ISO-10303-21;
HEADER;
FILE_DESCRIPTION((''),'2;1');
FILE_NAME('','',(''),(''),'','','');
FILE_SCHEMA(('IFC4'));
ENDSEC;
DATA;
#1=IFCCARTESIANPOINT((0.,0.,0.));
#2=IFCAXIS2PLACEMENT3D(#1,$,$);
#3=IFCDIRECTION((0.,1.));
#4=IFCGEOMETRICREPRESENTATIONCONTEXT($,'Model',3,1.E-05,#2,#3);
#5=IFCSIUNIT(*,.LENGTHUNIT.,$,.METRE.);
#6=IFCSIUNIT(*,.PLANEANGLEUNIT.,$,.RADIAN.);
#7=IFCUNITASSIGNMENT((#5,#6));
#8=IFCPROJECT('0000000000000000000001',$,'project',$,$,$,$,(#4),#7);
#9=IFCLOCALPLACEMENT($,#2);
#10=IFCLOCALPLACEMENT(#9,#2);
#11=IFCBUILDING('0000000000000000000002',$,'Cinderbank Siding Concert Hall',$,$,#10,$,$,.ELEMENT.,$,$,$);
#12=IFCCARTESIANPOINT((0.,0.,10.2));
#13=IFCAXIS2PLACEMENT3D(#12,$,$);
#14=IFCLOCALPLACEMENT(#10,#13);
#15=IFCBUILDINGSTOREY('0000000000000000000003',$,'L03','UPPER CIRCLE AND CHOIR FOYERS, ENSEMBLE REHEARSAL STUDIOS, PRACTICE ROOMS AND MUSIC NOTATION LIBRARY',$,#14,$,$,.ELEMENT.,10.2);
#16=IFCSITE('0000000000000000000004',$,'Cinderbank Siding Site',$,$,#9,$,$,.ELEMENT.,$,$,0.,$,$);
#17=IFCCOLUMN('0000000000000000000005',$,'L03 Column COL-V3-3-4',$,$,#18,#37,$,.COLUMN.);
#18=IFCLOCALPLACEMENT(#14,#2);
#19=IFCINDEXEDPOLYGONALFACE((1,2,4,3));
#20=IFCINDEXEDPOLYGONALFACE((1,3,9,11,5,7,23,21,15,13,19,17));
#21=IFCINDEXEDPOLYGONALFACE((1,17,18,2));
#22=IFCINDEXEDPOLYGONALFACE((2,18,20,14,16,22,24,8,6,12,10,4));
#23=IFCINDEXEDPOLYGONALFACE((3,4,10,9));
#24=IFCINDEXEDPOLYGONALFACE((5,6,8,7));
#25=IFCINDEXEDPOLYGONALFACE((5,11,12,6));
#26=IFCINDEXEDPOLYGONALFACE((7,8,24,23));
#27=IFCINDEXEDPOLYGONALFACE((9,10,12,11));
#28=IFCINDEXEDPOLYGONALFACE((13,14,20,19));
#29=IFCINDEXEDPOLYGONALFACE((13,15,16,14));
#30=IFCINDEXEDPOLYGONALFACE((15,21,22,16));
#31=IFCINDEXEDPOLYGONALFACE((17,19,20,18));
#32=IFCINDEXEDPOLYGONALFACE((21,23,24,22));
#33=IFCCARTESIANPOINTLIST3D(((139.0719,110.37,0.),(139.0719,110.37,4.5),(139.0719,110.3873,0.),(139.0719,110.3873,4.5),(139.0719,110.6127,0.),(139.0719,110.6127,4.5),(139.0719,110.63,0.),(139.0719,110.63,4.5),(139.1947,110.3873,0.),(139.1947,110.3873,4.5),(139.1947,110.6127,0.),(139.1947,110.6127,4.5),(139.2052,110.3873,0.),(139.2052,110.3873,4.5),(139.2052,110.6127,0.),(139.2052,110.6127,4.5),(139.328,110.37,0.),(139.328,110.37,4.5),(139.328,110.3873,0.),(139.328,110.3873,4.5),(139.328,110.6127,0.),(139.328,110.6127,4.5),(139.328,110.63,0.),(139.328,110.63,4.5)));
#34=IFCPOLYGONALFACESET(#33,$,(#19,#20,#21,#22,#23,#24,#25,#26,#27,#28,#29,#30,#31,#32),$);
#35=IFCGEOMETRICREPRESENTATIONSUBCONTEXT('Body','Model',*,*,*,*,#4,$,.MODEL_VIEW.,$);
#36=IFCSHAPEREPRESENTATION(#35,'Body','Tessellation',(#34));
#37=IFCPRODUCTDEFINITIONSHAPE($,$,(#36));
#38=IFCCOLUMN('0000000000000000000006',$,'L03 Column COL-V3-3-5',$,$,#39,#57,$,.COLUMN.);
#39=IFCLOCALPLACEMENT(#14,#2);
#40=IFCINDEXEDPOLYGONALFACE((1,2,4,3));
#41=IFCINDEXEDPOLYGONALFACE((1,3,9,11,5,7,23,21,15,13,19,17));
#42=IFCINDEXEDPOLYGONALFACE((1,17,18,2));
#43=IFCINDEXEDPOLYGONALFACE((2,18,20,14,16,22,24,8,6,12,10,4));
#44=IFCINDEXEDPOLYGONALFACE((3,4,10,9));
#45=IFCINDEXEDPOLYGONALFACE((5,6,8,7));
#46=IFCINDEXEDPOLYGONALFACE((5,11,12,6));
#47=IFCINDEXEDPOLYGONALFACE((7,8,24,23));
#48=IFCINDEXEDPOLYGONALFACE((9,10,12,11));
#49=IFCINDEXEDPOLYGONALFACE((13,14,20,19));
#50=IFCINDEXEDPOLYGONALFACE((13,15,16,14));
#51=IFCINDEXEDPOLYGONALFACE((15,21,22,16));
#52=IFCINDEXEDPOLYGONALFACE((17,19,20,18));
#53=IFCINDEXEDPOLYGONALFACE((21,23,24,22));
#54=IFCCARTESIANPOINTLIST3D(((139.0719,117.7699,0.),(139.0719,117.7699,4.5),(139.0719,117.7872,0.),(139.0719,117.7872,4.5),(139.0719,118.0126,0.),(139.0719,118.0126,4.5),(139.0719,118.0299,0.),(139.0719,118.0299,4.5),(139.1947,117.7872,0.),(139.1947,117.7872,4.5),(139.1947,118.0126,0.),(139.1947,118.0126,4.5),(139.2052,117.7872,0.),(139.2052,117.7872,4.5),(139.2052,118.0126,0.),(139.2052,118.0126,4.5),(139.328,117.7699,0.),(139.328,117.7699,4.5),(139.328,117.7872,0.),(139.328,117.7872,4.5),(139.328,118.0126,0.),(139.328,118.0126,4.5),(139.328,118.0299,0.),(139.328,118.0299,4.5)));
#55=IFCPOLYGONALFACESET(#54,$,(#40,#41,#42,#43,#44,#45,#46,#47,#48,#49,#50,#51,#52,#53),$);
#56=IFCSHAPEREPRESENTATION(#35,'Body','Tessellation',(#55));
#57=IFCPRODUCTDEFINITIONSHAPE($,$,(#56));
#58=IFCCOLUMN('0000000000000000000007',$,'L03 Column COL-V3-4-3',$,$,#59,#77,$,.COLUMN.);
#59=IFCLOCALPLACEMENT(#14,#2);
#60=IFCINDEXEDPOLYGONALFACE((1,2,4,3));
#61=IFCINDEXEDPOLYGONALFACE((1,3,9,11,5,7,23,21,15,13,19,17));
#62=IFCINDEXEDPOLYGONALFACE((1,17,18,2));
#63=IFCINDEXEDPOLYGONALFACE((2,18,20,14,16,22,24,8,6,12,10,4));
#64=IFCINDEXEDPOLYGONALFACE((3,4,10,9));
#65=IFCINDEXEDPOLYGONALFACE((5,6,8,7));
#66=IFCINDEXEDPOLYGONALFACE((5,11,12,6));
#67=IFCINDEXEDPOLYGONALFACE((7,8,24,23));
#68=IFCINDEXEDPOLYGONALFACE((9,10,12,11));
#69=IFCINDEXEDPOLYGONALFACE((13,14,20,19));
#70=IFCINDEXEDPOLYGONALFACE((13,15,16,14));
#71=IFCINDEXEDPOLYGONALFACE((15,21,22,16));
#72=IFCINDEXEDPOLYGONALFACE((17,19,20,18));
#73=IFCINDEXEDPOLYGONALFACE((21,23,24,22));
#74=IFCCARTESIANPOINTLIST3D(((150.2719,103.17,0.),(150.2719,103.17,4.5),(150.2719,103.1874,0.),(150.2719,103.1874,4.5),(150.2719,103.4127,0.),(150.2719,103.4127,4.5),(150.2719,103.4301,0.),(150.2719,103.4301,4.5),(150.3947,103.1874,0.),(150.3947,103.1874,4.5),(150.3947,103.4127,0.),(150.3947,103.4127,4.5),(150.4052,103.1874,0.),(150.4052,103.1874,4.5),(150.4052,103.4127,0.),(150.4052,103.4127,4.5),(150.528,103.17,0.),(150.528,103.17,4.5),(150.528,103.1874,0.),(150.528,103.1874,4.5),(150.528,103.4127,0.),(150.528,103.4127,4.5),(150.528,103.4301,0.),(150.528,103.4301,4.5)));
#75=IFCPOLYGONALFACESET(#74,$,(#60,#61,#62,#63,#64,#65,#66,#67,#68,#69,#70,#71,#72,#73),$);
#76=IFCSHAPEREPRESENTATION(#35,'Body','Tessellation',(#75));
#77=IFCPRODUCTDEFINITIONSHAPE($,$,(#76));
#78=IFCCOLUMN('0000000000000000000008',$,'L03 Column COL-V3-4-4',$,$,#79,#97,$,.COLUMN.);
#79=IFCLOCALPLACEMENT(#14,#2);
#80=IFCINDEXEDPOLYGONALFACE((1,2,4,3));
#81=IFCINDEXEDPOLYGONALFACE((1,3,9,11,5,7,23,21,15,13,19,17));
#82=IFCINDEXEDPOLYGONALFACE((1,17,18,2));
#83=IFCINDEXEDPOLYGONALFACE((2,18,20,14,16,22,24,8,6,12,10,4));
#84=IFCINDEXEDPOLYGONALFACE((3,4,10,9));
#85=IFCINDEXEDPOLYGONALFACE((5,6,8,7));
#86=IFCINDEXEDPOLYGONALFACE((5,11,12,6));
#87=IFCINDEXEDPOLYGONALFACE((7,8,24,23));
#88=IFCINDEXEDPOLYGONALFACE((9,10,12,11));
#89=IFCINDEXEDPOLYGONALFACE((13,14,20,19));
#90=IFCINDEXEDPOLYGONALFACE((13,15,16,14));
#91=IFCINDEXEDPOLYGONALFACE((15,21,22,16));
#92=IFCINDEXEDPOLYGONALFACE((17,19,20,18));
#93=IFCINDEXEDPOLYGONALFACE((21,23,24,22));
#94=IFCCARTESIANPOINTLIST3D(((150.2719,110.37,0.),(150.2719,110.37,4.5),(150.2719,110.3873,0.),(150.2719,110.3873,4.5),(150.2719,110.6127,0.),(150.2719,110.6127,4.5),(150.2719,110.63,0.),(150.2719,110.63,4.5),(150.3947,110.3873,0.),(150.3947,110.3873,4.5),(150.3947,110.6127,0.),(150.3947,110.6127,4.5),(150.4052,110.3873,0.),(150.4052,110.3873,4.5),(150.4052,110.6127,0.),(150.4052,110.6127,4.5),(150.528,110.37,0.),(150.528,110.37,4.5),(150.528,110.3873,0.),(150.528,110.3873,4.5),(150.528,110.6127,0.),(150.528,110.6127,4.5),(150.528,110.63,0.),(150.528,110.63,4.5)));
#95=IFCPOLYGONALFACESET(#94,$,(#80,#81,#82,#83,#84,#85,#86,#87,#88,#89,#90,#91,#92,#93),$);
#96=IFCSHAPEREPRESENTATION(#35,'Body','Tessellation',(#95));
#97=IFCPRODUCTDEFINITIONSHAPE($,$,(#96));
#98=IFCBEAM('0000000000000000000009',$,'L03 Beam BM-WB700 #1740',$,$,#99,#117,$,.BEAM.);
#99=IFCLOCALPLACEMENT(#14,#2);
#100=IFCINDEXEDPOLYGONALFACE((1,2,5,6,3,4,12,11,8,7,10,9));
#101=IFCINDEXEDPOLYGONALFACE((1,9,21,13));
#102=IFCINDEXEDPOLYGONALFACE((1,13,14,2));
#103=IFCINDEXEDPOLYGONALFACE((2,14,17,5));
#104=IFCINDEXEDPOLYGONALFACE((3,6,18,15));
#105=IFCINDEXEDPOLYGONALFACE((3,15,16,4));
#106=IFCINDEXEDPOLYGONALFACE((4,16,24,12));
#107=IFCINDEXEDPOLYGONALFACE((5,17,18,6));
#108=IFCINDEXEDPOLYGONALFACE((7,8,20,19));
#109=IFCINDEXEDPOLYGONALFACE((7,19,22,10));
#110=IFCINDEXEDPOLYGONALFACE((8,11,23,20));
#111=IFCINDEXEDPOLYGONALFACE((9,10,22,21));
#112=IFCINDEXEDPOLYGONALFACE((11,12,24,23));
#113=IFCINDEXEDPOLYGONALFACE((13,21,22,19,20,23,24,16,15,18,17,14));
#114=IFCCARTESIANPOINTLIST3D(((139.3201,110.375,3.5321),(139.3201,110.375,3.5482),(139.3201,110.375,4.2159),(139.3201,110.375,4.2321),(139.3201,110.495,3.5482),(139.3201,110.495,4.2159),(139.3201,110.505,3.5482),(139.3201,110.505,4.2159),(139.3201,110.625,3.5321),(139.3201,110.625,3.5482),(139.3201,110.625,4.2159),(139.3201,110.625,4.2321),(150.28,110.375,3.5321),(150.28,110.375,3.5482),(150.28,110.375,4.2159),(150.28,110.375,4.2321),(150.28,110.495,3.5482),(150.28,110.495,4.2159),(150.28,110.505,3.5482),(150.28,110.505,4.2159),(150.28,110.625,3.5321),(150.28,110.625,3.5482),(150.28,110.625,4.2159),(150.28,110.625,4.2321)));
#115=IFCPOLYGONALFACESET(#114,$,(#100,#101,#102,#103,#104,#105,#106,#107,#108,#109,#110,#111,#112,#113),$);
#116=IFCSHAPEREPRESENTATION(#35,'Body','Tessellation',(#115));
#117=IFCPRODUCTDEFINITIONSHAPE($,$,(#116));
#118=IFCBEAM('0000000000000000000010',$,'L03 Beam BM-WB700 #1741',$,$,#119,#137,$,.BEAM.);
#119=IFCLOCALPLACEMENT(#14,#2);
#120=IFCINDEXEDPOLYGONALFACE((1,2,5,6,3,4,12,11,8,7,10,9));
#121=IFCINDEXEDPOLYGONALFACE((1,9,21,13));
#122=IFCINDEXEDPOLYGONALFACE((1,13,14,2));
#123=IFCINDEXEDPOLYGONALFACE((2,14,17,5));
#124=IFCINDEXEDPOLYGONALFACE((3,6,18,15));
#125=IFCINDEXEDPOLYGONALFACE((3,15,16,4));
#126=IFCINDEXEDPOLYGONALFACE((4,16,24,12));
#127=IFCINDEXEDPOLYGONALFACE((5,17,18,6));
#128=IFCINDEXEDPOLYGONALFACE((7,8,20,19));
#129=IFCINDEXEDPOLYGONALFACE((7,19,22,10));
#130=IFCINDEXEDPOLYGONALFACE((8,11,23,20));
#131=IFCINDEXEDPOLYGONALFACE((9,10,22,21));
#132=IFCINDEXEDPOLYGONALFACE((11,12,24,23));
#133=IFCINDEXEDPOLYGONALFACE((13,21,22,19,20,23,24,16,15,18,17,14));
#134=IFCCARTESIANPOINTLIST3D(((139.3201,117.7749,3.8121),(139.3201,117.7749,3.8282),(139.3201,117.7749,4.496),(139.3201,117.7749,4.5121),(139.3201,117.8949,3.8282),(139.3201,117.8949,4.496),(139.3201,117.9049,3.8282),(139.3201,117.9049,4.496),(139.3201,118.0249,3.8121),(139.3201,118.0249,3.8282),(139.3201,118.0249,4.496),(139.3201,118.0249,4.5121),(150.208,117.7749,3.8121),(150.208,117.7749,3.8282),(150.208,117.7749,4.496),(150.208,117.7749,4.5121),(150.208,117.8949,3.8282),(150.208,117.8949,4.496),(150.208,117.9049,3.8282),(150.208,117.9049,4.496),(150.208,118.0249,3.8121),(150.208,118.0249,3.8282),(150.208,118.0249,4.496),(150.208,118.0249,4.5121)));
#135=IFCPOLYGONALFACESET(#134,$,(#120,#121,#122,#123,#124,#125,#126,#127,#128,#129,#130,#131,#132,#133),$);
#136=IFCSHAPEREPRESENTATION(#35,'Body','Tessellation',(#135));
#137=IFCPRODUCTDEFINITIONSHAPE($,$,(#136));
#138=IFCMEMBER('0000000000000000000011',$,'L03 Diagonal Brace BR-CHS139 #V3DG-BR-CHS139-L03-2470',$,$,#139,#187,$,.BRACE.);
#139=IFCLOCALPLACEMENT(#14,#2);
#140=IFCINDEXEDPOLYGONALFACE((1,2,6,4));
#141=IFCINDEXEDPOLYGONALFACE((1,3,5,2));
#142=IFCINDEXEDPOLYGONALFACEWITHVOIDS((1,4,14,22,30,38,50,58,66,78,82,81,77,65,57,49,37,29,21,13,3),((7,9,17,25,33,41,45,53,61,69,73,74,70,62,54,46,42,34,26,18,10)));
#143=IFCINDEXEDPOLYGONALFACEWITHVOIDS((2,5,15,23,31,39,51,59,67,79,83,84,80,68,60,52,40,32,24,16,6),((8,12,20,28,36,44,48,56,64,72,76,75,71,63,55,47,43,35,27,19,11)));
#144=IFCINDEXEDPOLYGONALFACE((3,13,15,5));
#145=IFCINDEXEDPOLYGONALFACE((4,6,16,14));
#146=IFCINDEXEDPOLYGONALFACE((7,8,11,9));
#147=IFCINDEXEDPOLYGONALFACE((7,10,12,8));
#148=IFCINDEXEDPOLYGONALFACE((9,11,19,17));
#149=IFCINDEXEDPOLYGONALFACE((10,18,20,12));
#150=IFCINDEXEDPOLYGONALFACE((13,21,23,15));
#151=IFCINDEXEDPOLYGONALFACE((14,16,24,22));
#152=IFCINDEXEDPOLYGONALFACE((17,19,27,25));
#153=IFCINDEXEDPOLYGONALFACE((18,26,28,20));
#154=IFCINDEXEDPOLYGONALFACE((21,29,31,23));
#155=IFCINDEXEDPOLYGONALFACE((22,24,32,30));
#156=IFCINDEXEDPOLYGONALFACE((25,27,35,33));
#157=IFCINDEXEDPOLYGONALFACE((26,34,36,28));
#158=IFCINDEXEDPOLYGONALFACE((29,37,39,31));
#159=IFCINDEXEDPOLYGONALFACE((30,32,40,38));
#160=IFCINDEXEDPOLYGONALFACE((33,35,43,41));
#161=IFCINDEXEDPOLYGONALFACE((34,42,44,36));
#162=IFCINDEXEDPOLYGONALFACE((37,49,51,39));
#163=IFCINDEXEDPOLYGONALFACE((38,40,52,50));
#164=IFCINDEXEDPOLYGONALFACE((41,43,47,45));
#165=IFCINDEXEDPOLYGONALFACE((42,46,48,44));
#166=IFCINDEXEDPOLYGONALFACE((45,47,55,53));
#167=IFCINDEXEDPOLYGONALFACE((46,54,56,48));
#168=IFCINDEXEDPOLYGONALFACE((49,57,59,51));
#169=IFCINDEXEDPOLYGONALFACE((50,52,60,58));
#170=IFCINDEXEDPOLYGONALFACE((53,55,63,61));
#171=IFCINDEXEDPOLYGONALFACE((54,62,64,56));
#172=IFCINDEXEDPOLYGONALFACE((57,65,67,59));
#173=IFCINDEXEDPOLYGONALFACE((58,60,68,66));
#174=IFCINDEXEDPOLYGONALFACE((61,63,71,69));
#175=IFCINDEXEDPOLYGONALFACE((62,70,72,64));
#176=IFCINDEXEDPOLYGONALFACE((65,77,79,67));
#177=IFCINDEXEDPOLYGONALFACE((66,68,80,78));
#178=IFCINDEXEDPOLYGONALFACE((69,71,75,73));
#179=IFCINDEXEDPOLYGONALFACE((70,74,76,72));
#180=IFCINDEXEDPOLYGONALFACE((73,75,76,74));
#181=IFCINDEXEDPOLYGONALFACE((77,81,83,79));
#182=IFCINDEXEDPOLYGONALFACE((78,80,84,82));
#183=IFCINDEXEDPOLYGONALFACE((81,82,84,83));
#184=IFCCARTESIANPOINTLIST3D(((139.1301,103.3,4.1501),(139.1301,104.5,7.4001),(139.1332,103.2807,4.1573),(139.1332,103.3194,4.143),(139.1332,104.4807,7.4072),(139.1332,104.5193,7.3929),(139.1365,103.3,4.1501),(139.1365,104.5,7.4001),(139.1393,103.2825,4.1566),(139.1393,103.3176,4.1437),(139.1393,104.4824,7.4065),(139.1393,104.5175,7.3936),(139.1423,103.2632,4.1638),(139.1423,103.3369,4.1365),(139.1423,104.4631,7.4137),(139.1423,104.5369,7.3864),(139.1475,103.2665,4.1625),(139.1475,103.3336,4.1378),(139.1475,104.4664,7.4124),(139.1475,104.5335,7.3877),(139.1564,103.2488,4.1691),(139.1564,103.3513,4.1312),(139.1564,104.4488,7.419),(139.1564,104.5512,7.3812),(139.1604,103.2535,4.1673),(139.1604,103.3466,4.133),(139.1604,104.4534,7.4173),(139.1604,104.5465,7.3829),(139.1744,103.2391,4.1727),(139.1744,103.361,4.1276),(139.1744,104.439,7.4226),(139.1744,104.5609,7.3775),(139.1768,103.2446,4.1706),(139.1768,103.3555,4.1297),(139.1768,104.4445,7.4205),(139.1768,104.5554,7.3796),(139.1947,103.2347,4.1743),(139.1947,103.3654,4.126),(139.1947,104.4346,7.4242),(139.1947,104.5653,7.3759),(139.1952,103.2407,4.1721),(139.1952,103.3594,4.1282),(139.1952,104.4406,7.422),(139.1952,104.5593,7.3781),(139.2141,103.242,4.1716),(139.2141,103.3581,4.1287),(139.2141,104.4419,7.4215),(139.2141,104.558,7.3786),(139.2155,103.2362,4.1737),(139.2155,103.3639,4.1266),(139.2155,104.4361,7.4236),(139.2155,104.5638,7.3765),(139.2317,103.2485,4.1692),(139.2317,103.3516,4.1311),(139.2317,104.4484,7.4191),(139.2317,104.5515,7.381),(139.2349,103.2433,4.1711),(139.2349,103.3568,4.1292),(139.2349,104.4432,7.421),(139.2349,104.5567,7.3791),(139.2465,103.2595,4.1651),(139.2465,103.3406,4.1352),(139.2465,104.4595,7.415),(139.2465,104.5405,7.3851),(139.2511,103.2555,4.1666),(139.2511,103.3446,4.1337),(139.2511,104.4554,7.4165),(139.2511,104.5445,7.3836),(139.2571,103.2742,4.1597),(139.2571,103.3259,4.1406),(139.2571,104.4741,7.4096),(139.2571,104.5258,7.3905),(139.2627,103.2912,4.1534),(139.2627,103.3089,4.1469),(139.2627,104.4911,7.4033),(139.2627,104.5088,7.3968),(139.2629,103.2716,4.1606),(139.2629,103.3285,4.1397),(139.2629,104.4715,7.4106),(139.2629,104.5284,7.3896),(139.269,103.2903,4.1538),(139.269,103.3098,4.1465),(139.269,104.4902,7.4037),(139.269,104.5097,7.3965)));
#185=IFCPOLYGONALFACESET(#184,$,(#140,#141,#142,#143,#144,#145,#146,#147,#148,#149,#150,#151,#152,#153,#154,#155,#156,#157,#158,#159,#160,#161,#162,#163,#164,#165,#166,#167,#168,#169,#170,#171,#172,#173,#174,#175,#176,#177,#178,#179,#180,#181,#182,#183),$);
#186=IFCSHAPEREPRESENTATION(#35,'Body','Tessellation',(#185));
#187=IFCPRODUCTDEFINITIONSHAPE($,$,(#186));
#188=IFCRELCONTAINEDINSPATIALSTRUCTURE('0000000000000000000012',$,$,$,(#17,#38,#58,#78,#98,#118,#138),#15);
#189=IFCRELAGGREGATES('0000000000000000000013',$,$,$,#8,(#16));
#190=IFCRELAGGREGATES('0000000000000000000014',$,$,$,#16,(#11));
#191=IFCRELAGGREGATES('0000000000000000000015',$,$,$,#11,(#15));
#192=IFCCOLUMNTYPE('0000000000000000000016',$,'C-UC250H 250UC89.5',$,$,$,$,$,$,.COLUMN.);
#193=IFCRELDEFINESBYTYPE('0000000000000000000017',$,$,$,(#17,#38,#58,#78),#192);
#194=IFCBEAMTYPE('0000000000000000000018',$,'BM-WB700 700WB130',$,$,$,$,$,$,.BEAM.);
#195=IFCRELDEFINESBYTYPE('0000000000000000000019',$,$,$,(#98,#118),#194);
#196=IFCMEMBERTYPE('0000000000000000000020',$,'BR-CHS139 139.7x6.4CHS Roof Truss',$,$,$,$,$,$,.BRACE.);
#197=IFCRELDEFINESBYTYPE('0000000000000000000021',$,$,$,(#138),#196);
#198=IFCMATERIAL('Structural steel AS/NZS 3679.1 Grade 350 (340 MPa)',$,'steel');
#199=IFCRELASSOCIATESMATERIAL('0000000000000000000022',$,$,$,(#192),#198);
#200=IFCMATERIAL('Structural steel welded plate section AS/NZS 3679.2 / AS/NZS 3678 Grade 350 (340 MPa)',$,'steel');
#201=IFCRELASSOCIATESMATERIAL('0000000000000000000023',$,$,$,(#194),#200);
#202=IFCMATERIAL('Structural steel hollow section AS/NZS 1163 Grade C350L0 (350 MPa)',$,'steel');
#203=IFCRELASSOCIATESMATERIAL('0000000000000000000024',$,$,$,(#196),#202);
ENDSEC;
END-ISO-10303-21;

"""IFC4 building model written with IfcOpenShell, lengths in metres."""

from ifc_helpers import new_model, si_unit, direction, frame, origin, origin_2d, place, context, subcontext, project, spatial, hollow_circle, i_section, extrude, material, material_profile, profile_set, type_object, element, save


model = new_model("IFC4")

# Units and contexts
model_context = context("Model", 3, precision=1e-05, world=origin(), true_north=direction((0.0, 1.0)))
body_context = subcontext(model_context, "Body", "Model", "MODEL_VIEW")
ifc_project = project(units=[si_unit("LENGTHUNIT", "METRE"), si_unit("PLANEANGLEUNIT", "RADIAN")], contexts=[model_context])

# Site, building, storey
site_placement = place(None, origin())
site = spatial("IfcSite", under=ifc_project, at=site_placement, Name="Cinderbank Siding Site", CompositionType="ELEMENT", RefElevation=0.0)
building_placement = place(site_placement, origin())
building = spatial("IfcBuilding", under=site, at=building_placement, Name="Cinderbank Siding Concert Hall", CompositionType="ELEMENT")
storey_placement = place(building_placement, frame((0.0, 0.0, 10.2)))
storey = spatial("IfcBuildingStorey", under=building, at=storey_placement, Name="L03", Description="UPPER CIRCLE AND CHOIR FOYERS, ENSEMBLE REHEARSAL STUDIOS, PRACTICE ROOMS AND MUSIC NOTATION LIBRARY", CompositionType="ELEMENT", Elevation=10.2)

# Columns
ifc_material_1 = material(Name="Structural steel AS/NZS 3679.1 Grade 350 (340 MPa)", Category="steel")
ifc_material_profile_1 = material_profile(ifc_material_1, i_section(OverallWidth=0.2561, OverallDepth=0.26, WebThickness=0.0105, FlangeThickness=0.0173, at=origin_2d()), Name="250UC89.5", Category="LoadBearing")
ifc_profile_set_1 = profile_set([ifc_material_profile_1], Name="Structural steel AS/NZS 3679.1 Grade 350 (340 MPa)")
column_type = type_object("IfcColumnType", Name="C-UC250H 250UC89.5", PredefinedType="COLUMN", material=ifc_profile_set_1)
for number, where, z_axis, x_axis, name in (
    (1, (139.2, 110.5, 0.0), (0.0, 0.0, 1.0), (1.0, 0.0, 0.0), "L03 Column COL-V3-3-4"),
    (2, (139.2, 117.8999, 0.0), (0.0, 0.0, 1.0), (1.0, 0.0, 0.0), "L03 Column COL-V3-3-5"),
    (3, (150.3999, 103.3, 0.0), (0.0, 0.0, 1.0), (1.0, 0.0, 0.0), "L03 Column COL-V3-4-3"),
    (4, (150.3999, 110.5, 0.0), (0.0, 0.0, 1.0), (1.0, 0.0, 0.0), "L03 Column COL-V3-4-4"),
):
    element("IfcColumn", number, at=place(storey_placement, frame(where, z_axis=z_axis, x_axis=x_axis)), inside=storey, type_object=column_type, Name=name, PredefinedType="COLUMN", context=body_context, shape_type="SweptSolid", body=[
        extrude(i_section(OverallWidth=0.2561, OverallDepth=0.26, WebThickness=0.0105, FlangeThickness=0.0173, at=origin_2d()), origin(), (0.0, 0.0, 1.0), 4.5),
    ])

# Beams
ifc_material_2 = material(Name="Structural steel welded plate section AS/NZS 3679.2 / AS/NZS 3678 Grade 350 (340 MPa)", Category="steel")
ifc_material_profile_2 = material_profile(ifc_material_2, i_section(OverallWidth=0.25, OverallDepth=0.7, WebThickness=0.01, FlangeThickness=0.0161, at=origin_2d()), Name="700WB130", Category="LoadBearing")
ifc_profile_set_2 = profile_set([ifc_material_profile_2], Name="Structural steel welded plate section AS/NZS 3679.2 / AS/NZS 3678 Grade 350 (340 MPa)")
beam_type = type_object("IfcBeamType", Name="BM-WB700 700WB130", PredefinedType="BEAM", material=ifc_profile_set_2)
beam_1_placement = place(storey_placement, frame((139.3201, 110.5, 3.8821), z_axis=(1.0, 0.0, 0.0), x_axis=(0.0, 1.0, 0.0)))
element("IfcBeam", 5, at=beam_1_placement, inside=storey, type_object=beam_type, Name="L03 Beam BM-WB700 #1740", PredefinedType="BEAM", context=body_context, shape_type="SweptSolid", body=[
    extrude(i_section(OverallWidth=0.25, OverallDepth=0.7, WebThickness=0.01, FlangeThickness=0.0161, at=origin_2d()), origin(), (0.0, 0.0, 1.0), 10.96),
])
beam_2_placement = place(storey_placement, frame((139.3201, 117.8999, 4.1621), z_axis=(1.0, 0.0, 0.0), x_axis=(0.0, 1.0, 0.0)))
element("IfcBeam", 6, at=beam_2_placement, inside=storey, type_object=beam_type, Name="L03 Beam BM-WB700 #1741", PredefinedType="BEAM", context=body_context, shape_type="SweptSolid", body=[
    extrude(i_section(OverallWidth=0.25, OverallDepth=0.7, WebThickness=0.01, FlangeThickness=0.0161, at=origin_2d()), origin(), (0.0, 0.0, 1.0), 10.8879),
])

# Member
ifc_material_3 = material(Name="Structural steel hollow section AS/NZS 1163 Grade C350L0 (350 MPa)", Category="steel")
ifc_material_profile_3 = material_profile(ifc_material_3, hollow_circle(Radius=0.0698, WallThickness=0.0063, at=origin_2d()), Name="139.7x6.4CHS", Category="LoadBearing")
ifc_profile_set_3 = profile_set([ifc_material_profile_3], Name="Structural steel hollow section AS/NZS 1163 Grade C350L0 (350 MPa)")
member_type_1 = type_object("IfcMemberType", Name="BR-CHS139 139.7x6.4CHS Roof Truss", PredefinedType="BRACE", material=ifc_profile_set_3)
for number, where, z_axis, x_axis, name in (
    (7, (139.2, 103.3, 4.1501), (0.0, 0.346362, 0.938101), (-1.0, 0.0, 0.0), "L03 Diagonal Brace BR-CHS139 #V3DG-BR-CHS139-L03-2470"),
):
    element("IfcMember", number, at=place(storey_placement, frame(where, z_axis=z_axis, x_axis=x_axis)), inside=storey, type_object=member_type_1, Name=name, PredefinedType="BRACE", context=body_context, shape_type="SweptSolid", body=[
        extrude(hollow_circle(Radius=0.0698, WallThickness=0.0063, at=origin_2d()), origin(), (0.0, 0.0, 1.0), 3.4644),
    ])

save(model, "model.ifc")
